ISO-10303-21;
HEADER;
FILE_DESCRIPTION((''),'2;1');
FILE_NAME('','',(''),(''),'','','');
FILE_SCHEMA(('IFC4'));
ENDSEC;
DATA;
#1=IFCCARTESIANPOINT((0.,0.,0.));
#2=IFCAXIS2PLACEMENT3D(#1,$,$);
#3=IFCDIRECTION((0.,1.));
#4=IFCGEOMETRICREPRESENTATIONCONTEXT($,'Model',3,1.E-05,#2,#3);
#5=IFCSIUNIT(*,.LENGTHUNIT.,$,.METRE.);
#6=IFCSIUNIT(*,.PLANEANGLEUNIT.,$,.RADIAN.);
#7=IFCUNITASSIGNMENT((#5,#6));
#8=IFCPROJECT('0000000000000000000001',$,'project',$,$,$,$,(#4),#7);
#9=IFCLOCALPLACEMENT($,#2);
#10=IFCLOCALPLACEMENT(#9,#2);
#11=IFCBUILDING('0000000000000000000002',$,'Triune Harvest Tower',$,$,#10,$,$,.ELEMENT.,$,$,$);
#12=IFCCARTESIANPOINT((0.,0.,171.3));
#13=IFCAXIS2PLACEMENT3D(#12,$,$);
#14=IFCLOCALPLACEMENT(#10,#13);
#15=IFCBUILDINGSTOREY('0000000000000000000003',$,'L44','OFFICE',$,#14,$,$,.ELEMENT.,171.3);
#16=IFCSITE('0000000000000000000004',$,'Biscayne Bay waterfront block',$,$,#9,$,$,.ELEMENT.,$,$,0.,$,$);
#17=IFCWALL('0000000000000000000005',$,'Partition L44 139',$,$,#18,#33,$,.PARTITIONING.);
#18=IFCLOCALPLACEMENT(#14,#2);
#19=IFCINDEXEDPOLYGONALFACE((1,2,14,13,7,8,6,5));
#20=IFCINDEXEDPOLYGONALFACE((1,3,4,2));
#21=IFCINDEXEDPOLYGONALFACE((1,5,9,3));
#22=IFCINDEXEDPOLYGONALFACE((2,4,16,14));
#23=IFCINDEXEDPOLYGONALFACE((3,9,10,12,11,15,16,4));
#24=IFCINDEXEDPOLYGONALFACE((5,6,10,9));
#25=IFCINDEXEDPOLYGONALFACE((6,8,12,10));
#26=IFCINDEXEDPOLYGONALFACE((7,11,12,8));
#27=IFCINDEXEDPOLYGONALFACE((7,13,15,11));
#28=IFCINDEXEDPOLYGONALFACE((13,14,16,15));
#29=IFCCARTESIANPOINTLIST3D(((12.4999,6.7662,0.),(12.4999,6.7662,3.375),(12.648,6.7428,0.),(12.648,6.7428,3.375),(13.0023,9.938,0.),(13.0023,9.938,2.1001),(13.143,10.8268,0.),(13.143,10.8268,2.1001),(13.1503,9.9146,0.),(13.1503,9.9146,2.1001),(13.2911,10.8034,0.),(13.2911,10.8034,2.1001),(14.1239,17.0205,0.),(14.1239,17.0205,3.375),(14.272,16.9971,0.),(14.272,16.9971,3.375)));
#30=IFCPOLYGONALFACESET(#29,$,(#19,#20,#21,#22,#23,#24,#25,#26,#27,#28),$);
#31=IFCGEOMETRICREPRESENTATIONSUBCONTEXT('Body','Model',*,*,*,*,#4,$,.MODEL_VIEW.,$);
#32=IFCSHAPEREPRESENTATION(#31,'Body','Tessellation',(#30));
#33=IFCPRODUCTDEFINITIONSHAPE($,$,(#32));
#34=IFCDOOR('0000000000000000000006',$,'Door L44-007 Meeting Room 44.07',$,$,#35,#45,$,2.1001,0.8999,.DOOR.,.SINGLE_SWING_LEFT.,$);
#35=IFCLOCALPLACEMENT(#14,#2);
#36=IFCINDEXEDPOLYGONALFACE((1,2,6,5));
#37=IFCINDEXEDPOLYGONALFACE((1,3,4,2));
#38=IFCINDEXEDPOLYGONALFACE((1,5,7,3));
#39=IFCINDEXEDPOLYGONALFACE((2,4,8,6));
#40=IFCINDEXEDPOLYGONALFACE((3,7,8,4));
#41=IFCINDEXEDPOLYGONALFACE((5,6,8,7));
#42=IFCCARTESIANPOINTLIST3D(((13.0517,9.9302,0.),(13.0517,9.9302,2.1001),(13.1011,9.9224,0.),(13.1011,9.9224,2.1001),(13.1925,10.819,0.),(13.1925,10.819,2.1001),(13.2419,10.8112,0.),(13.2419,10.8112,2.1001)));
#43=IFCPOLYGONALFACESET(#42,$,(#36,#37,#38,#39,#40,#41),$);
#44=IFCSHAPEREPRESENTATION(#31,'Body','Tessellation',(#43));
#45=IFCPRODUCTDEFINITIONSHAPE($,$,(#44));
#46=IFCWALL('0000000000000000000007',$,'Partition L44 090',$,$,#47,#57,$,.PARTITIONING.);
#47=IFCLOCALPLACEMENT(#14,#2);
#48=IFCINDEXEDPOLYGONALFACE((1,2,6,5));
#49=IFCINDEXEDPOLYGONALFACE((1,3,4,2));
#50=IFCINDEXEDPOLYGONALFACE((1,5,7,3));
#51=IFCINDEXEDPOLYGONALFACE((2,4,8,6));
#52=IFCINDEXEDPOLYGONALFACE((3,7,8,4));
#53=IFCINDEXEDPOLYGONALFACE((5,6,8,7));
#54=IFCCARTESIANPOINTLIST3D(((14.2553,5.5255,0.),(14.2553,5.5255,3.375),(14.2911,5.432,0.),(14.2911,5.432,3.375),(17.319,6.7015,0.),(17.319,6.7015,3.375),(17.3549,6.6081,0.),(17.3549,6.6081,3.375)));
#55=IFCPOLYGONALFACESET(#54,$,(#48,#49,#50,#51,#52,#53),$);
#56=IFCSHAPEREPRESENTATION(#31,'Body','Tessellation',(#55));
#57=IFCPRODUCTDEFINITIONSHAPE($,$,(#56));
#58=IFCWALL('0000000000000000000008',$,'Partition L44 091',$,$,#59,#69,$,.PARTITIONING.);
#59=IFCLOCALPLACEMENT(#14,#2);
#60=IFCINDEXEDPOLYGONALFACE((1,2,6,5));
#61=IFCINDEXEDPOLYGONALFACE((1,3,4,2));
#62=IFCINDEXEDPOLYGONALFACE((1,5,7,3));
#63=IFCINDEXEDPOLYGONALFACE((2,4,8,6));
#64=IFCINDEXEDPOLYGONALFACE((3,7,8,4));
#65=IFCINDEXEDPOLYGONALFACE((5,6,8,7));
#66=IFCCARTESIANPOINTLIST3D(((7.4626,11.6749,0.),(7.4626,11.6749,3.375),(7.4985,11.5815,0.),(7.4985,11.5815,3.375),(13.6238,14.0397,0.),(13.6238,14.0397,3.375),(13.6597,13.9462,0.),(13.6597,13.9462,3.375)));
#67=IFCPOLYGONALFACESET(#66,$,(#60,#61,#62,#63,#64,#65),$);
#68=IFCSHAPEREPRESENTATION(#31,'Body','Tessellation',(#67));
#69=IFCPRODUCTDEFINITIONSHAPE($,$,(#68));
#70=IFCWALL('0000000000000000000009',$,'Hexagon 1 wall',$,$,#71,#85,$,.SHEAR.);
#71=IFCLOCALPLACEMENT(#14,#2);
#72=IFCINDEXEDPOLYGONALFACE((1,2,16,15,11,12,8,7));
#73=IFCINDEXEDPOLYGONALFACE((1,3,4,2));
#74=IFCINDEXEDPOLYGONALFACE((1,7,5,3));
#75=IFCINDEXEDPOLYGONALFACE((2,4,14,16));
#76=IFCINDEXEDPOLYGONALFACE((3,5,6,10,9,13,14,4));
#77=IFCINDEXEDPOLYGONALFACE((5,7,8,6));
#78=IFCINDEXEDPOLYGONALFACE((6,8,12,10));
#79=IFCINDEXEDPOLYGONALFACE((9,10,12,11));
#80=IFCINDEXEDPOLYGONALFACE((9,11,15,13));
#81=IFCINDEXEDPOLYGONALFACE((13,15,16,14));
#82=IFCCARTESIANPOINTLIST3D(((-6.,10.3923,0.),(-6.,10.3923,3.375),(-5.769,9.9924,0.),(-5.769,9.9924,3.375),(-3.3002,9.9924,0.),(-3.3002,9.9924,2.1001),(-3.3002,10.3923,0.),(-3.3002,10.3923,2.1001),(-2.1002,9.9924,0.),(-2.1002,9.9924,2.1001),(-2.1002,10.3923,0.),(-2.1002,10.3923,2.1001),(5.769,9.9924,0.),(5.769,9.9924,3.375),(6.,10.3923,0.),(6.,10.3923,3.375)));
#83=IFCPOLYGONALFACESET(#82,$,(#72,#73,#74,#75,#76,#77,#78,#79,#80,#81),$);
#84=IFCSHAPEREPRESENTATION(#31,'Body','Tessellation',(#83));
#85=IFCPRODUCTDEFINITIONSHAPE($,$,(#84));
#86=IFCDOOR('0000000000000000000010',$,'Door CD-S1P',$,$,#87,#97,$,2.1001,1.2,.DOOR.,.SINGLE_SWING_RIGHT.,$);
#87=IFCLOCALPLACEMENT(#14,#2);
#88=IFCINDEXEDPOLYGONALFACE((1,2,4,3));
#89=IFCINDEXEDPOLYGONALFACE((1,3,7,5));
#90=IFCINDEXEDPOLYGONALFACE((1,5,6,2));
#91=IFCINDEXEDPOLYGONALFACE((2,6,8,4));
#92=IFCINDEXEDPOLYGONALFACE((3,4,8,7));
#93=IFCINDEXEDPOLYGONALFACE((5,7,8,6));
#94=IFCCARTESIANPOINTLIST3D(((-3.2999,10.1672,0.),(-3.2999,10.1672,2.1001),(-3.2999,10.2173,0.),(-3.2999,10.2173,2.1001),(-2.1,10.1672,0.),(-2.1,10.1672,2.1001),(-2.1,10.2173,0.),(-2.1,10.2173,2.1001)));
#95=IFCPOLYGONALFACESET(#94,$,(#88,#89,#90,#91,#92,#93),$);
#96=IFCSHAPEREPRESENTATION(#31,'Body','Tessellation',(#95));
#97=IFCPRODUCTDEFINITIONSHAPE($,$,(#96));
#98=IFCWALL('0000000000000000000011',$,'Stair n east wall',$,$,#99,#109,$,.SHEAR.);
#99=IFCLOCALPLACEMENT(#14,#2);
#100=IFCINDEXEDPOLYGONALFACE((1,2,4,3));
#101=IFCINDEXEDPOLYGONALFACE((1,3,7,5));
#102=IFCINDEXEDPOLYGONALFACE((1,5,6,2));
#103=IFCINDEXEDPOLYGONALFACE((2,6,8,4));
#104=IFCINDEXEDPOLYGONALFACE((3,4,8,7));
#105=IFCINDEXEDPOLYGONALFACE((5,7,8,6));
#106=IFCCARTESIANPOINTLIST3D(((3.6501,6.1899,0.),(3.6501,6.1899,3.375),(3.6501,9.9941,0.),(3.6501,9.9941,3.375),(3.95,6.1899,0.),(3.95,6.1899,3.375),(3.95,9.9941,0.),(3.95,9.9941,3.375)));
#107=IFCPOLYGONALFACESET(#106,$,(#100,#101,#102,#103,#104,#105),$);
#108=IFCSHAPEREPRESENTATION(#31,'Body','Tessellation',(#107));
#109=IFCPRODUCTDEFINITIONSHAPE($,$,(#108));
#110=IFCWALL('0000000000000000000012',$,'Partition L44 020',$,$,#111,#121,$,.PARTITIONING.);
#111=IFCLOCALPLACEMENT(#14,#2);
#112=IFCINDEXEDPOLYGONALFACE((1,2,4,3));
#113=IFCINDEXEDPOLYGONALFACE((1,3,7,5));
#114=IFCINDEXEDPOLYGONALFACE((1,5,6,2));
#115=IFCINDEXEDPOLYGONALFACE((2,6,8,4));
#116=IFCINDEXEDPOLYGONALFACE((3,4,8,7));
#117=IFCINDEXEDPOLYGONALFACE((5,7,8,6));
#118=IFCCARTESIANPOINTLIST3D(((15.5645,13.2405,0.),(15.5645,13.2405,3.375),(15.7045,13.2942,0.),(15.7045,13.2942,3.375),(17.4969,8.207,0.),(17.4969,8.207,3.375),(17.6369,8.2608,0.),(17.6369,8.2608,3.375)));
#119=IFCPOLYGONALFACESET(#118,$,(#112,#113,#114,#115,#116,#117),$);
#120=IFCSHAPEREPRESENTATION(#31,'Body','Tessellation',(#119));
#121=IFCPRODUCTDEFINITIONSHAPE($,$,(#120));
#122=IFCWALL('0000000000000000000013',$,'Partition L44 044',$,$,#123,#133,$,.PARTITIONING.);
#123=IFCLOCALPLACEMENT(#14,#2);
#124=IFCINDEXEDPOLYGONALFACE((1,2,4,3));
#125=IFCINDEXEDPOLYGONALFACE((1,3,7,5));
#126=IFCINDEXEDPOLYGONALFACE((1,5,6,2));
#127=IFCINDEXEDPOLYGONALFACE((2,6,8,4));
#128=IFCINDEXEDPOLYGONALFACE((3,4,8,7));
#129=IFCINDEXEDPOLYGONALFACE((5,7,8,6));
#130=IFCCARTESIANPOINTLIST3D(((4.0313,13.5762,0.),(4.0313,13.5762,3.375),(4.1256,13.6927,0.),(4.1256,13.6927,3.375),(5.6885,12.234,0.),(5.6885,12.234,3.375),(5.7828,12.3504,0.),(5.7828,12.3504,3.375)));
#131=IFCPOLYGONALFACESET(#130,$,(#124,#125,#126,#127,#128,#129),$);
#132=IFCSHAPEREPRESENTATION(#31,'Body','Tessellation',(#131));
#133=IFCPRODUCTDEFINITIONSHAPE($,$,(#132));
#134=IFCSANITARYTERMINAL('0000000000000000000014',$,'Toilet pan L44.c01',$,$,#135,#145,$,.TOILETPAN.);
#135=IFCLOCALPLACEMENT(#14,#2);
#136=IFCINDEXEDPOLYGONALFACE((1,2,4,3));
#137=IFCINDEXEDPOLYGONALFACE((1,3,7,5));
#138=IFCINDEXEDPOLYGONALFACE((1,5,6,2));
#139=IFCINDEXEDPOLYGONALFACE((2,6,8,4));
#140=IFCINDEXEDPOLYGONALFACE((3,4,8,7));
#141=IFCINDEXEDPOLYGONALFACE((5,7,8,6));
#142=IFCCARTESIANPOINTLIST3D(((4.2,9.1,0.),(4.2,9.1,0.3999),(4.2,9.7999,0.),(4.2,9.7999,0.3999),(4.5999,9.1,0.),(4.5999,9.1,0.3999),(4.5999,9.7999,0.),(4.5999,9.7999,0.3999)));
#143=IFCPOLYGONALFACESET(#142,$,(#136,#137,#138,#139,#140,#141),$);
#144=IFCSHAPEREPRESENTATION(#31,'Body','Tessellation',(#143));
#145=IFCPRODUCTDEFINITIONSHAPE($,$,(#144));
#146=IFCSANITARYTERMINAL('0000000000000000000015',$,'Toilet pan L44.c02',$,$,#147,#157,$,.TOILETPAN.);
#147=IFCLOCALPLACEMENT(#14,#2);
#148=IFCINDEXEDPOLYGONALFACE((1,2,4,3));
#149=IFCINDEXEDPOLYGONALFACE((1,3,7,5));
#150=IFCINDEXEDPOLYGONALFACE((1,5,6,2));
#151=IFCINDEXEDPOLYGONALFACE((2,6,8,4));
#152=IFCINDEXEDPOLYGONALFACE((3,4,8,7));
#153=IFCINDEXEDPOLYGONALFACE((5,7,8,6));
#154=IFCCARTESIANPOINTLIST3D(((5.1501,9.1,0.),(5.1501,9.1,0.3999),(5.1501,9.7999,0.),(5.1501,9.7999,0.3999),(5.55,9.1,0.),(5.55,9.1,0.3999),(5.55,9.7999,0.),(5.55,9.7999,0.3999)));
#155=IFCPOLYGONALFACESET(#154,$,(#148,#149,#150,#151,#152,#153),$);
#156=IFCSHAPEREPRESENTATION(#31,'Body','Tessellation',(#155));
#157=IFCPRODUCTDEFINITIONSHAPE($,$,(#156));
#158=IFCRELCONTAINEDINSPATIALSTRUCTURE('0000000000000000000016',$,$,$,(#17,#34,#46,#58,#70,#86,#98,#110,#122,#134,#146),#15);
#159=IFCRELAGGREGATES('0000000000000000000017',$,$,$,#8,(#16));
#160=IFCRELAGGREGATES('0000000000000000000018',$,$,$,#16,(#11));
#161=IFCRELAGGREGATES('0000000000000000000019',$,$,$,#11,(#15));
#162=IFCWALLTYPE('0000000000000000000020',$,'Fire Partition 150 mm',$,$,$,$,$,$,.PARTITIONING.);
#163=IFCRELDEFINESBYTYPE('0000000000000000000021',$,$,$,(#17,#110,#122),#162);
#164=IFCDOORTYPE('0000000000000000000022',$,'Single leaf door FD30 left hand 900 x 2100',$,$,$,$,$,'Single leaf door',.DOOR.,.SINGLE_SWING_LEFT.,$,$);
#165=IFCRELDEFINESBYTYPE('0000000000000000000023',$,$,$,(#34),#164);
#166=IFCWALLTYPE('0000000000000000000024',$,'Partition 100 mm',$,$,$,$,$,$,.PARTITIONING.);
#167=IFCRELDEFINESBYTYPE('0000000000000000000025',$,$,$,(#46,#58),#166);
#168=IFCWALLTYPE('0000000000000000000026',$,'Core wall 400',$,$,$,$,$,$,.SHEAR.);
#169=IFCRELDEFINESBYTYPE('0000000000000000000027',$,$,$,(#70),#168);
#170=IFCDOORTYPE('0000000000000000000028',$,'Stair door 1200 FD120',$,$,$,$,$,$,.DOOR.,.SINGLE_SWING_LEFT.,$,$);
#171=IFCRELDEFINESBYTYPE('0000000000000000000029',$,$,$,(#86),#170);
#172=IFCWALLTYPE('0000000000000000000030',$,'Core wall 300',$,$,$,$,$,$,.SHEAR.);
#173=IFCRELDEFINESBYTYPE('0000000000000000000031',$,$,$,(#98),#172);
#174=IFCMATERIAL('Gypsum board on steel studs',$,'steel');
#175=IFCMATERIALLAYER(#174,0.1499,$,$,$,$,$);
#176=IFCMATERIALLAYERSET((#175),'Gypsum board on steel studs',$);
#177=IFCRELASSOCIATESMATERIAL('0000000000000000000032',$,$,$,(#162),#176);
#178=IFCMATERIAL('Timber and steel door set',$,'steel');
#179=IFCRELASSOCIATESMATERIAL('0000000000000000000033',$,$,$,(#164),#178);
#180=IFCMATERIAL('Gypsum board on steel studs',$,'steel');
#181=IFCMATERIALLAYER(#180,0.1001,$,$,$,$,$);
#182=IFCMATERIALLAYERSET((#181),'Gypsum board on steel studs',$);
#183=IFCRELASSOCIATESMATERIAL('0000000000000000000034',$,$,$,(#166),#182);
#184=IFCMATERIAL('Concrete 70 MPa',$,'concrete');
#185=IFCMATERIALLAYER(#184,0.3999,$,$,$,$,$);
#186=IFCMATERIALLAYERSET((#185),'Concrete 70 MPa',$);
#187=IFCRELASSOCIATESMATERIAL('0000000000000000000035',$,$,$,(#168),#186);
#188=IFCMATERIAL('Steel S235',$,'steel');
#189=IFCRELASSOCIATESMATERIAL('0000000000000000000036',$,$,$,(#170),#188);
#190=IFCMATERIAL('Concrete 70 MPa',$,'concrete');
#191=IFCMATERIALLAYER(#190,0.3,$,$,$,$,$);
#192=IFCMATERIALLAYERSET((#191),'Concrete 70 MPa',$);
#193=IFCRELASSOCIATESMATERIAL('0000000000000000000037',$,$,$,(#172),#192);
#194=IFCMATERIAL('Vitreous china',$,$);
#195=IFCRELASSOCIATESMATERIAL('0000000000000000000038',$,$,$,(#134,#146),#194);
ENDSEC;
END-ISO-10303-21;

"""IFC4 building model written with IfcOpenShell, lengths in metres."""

from ifc_helpers import new_model, si_unit, direction, frame, frame_2d, origin, origin_2d, place, context, subcontext, project, spatial, polyline, rectangle, outline, extrude, source, transform, mapped, material, layer, layer_set, type_object, element, fill, save


model = new_model("IFC4")

# Units and contexts
model_context = context("Model", 3, precision=1e-05, world=origin(), true_north=direction((0.0, 1.0)))
body_context = subcontext(model_context, "Body", "Model", "MODEL_VIEW")
ifc_project = project(units=[si_unit("LENGTHUNIT", "METRE"), si_unit("PLANEANGLEUNIT", "RADIAN")], contexts=[model_context])

# Site, building, storey
site_placement = place(None, origin())
site = spatial("IfcSite", under=ifc_project, at=site_placement, Name="Biscayne Bay waterfront block", CompositionType="ELEMENT", RefElevation=0.0)
building_placement = place(site_placement, origin())
building = spatial("IfcBuilding", under=site, at=building_placement, Name="Triune Harvest Tower", CompositionType="ELEMENT")
storey_placement = place(building_placement, frame((0.0, 0.0, 171.3)))
storey = spatial("IfcBuildingStorey", under=building, at=storey_placement, Name="L44", Description="OFFICE", CompositionType="ELEMENT", Elevation=171.3)

# Shared definitions
ifc_material_1 = material(Name="Gypsum board on steel studs", Category="steel")
ifc_layer_1 = layer(ifc_material_1, 0.1499)
ifc_layer_set_1 = layer_set([ifc_layer_1], Name="Gypsum board on steel studs")
wall_type_1 = type_object("IfcWallType", Name="Fire Partition 150 mm", PredefinedType="PARTITIONING", material=ifc_layer_set_1)

# Shared definitions
ifc_material_2 = material(Name="Timber and steel door set", Category="steel")
door_type_1 = type_object("IfcDoorType", Name="Single leaf door FD30 left hand 900 x 2100", ElementType="Single leaf door", OperationType="SINGLE_SWING_LEFT", PredefinedType="DOOR", material=ifc_material_2)

# Wall, opening, door
wall_1_placement = place(storey_placement, frame((12.574, 6.7546, 0.0), z_axis=(0.0, 0.0, 1.0), x_axis=(0.156424, 0.98769, 0.0)))
wall_1 = element("IfcWall", 1, at=wall_1_placement, inside=storey, type_object=wall_type_1, Name="Partition L44 139", PredefinedType="PARTITIONING", context=body_context, shape_type="SweptSolid", body=[
    extrude(rectangle(XDim=10.3821, YDim=0.1499, at=frame_2d((5.1909, 0.0))), origin(), (0.0, 0.0, 1.0), 3.375),
])
opening_1_placement = place(wall_1_placement, frame((3.2112, 0.0, 0.0)))
opening_1 = element("IfcOpeningElement", 2, at=opening_1_placement, cuts=wall_1, PredefinedType="OPENING", context=body_context, shape_type="SweptSolid", body=[
    extrude(rectangle(XDim=0.8999, YDim=2.1001, at=frame_2d((0.45, 1.05))), frame((0.0, 0.085, 0.0), z_axis=(0.0, -1.0, 0.0), x_axis=(1.0, 0.0, 0.0)), (0.0, 0.0, 1.0), 0.1699),
])
door_1_placement = place(opening_1_placement, origin())
door_1 = element("IfcDoor", 3, at=door_1_placement, inside=storey, type_object=door_type_1, Name="Door L44-007 Meeting Room 44.07", OperationType="SINGLE_SWING_LEFT", OverallHeight=2.1001, OverallWidth=0.8999, PredefinedType="DOOR", context=body_context, shape_type="SweptSolid", body=[
    extrude(rectangle(XDim=0.8999, YDim=2.1001, at=frame_2d((0.45, 1.05))), frame((0.0, 0.0249, 0.0), z_axis=(0.0, -1.0, 0.0), x_axis=(1.0, 0.0, 0.0)), (0.0, 0.0, 1.0), 0.05),
])
fill(opening_1, door_1)

# Walls
ifc_material_3 = material(Name="Gypsum board on steel studs", Category="steel")
ifc_layer_2 = layer(ifc_material_3, 0.1001)
ifc_layer_set_2 = layer_set([ifc_layer_2], Name="Gypsum board on steel studs")
wall_type_2 = type_object("IfcWallType", Name="Partition 100 mm", PredefinedType="PARTITIONING", material=ifc_layer_set_2)
wall_2_placement = place(storey_placement, frame((14.2732, 5.4788, 0.0), z_axis=(0.0, 0.0, 1.0), x_axis=(0.933583, 0.358361, 0.0)))
element("IfcWall", 4, at=wall_2_placement, inside=storey, type_object=wall_type_2, Name="Partition L44 090", PredefinedType="PARTITIONING", context=body_context, shape_type="SweptSolid", body=[
    extrude(rectangle(XDim=3.2817, YDim=0.1001, at=frame_2d((1.6409, 0.0))), origin(), (0.0, 0.0, 1.0), 3.375),
])
wall_3_placement = place(storey_placement, frame((7.4805, 11.6282, 0.0), z_axis=(0.0, 0.0, 1.0), x_axis=(0.933595, 0.358329, 0.0)))
element("IfcWall", 5, at=wall_3_placement, inside=storey, type_object=wall_type_2, Name="Partition L44 091", PredefinedType="PARTITIONING", context=body_context, shape_type="SweptSolid", body=[
    extrude(rectangle(XDim=6.5994, YDim=0.1001, at=frame_2d((3.2998, 0.0))), origin(), (0.0, 0.0, 1.0), 3.375),
])

# Wall, opening, door
ifc_material_4 = material(Name="Concrete 70 MPa", Category="concrete")
ifc_layer_3 = layer(ifc_material_4, 0.3999)
ifc_layer_set_3 = layer_set([ifc_layer_3], Name="Concrete 70 MPa")
wall_type_3 = type_object("IfcWallType", Name="Core wall 400", PredefinedType="SHEAR", material=ifc_layer_set_3)
shared_shape_1 = source(origin(), body_context, "Body", "SweptSolid", [
    extrude(outline(polyline([(-0.1155, -0.2), (11.8845, -0.2), (11.6536, 0.2), (0.1155, 0.2), (-0.1155, -0.2)])), origin(), (0.0, 0.0, 1.0), 3.375),
])
wall_4_placement = place(storey_placement, frame((5.8845, 10.1924, 0.0), z_axis=(0.0, 0.0, 1.0), x_axis=(-1.0, 0.0, 0.0)))
wall_4 = element("IfcWall", 6, at=wall_4_placement, inside=storey, type_object=wall_type_3, Name="Hexagon 1 wall", PredefinedType="SHEAR", context=body_context, shape_type="MappedRepresentation", body=[
    mapped(shared_shape_1, transform((0.0, 0.0, 0.0), scale=1.0)),
])
opening_2_placement = place(wall_4_placement, frame((7.9846, 0.0, 0.0)))
opening_2 = element("IfcOpeningElement", 7, at=opening_2_placement, cuts=wall_4, PredefinedType="OPENING", context=body_context, shape_type="SweptSolid", body=[
    extrude(rectangle(XDim=1.2, YDim=2.1001, at=frame_2d((0.6001, 1.05))), frame((0.0, 0.21, 0.0), z_axis=(0.0, -1.0, 0.0), x_axis=(1.0, 0.0, 0.0)), (0.0, 0.0, 1.0), 0.4199),
])
ifc_material_5 = material(Name="Steel S235", Category="steel")
door_type_2 = type_object("IfcDoorType", Name="Stair door 1200 FD120", OperationType="SINGLE_SWING_LEFT", PredefinedType="DOOR", material=ifc_material_5)
door_2_placement = place(opening_2_placement, frame((1.2, 0.0, 0.0), z_axis=(0.0, 0.0, 1.0), x_axis=(-1.0, 0.0, 0.0)))
door_2 = element("IfcDoor", 8, at=door_2_placement, inside=storey, type_object=door_type_2, Name="Door CD-S1P", OperationType="SINGLE_SWING_RIGHT", OverallHeight=2.1001, OverallWidth=1.2, PredefinedType="DOOR", context=body_context, shape_type="SweptSolid", body=[
    extrude(rectangle(XDim=1.2, YDim=2.1001, at=frame_2d((0.6001, 1.05))), frame((0.0, 0.0249, 0.0), z_axis=(0.0, -1.0, 0.0), x_axis=(1.0, 0.0, 0.0)), (0.0, 0.0, 1.0), 0.05),
])
fill(opening_2, door_2)

# Walls
ifc_material_6 = material(Name="Concrete 70 MPa", Category="concrete")
ifc_layer_4 = layer(ifc_material_6, 0.3)
ifc_layer_set_4 = layer_set([ifc_layer_4], Name="Concrete 70 MPa")
wall_type_4 = type_object("IfcWallType", Name="Core wall 300", PredefinedType="SHEAR", material=ifc_layer_set_4)
shared_shape_2 = source(origin(), body_context, "Body", "SweptSolid", [
    extrude(outline(polyline([(0.0, -0.1499), (0.0, 0.1499), (3.8042, 0.1499), (3.8042, -0.1499), (0.0, -0.1499)])), origin(), (0.0, 0.0, 1.0), 3.375),
])
wall_5_placement = place(storey_placement, frame((3.8, 6.1899, 0.0), z_axis=(0.0, 0.0, 1.0), x_axis=(0.0, 1.0, 0.0)))
element("IfcWall", 9, at=wall_5_placement, inside=storey, type_object=wall_type_4, Name="Stair n east wall", PredefinedType="SHEAR", context=body_context, shape_type="MappedRepresentation", body=[
    mapped(shared_shape_2, transform((0.0, 0.0, 0.0), scale=1.0)),
])
shared_shape_3 = source(origin(), body_context, "Body", "SweptSolid", [
    extrude(rectangle(XDim=5.3916, YDim=0.1499, at=frame_2d((2.6958, 0.0))), origin(), (0.0, 0.0, 1.0), 3.375),
])
wall_6_placement = place(storey_placement, frame((15.6345, 13.2673, 0.0), z_axis=(0.0, 0.0, 1.0), x_axis=(0.358402, -0.933567, 0.0)))
element("IfcWall", 10, at=wall_6_placement, inside=storey, type_object=wall_type_1, Name="Partition L44 020", PredefinedType="PARTITIONING", context=body_context, shape_type="MappedRepresentation", body=[
    mapped(shared_shape_3, transform((0.0, 0.0, 0.0), scale=1.0)),
])
shared_shape_4 = source(origin(), body_context, "Body", "SweptSolid", [
    extrude(rectangle(XDim=2.1326, YDim=0.1499, at=frame_2d((1.0664, 0.0))), origin(), (0.0, 0.0, 1.0), 3.375),
])
wall_7_placement = place(storey_placement, frame((4.0784, 13.6345, 0.0), z_axis=(0.0, 0.0, 1.0), x_axis=(0.77708, -0.629402, 0.0)))
element("IfcWall", 11, at=wall_7_placement, inside=storey, type_object=wall_type_1, Name="Partition L44 044", PredefinedType="PARTITIONING", context=body_context, shape_type="MappedRepresentation", body=[
    mapped(shared_shape_4, transform((0.0, 0.0, 0.0), scale=1.0)),
])

# Sanitary terminals
ifc_material_7 = material(Name="Vitreous china")
shared_shape_5 = source(origin(), body_context, "Body", "SweptSolid", [
    extrude(rectangle(XDim=0.3999, YDim=0.7, at=origin_2d()), origin(), (0.0, 0.0, 1.0), 0.3999),
])
for number, where, z_axis, x_axis, name in (
    (12, (4.3999, 9.45, 0.0), (0.0, 0.0, 1.0), (1.0, 0.0, 0.0), "Toilet pan L44.c01"),
    (13, (5.3501, 9.45, 0.0), (0.0, 0.0, 1.0), (1.0, 0.0, 0.0), "Toilet pan L44.c02"),
):
    element("IfcSanitaryTerminal", number, at=place(storey_placement, frame(where, z_axis=z_axis, x_axis=x_axis)), inside=storey, material=ifc_material_7, Name=name, PredefinedType="TOILETPAN", context=body_context, shape_type="MappedRepresentation", body=[
        mapped(shared_shape_5, transform((0.0, 0.0, 0.0), scale=1.0)),
    ])

save(model, "model.ifc")
